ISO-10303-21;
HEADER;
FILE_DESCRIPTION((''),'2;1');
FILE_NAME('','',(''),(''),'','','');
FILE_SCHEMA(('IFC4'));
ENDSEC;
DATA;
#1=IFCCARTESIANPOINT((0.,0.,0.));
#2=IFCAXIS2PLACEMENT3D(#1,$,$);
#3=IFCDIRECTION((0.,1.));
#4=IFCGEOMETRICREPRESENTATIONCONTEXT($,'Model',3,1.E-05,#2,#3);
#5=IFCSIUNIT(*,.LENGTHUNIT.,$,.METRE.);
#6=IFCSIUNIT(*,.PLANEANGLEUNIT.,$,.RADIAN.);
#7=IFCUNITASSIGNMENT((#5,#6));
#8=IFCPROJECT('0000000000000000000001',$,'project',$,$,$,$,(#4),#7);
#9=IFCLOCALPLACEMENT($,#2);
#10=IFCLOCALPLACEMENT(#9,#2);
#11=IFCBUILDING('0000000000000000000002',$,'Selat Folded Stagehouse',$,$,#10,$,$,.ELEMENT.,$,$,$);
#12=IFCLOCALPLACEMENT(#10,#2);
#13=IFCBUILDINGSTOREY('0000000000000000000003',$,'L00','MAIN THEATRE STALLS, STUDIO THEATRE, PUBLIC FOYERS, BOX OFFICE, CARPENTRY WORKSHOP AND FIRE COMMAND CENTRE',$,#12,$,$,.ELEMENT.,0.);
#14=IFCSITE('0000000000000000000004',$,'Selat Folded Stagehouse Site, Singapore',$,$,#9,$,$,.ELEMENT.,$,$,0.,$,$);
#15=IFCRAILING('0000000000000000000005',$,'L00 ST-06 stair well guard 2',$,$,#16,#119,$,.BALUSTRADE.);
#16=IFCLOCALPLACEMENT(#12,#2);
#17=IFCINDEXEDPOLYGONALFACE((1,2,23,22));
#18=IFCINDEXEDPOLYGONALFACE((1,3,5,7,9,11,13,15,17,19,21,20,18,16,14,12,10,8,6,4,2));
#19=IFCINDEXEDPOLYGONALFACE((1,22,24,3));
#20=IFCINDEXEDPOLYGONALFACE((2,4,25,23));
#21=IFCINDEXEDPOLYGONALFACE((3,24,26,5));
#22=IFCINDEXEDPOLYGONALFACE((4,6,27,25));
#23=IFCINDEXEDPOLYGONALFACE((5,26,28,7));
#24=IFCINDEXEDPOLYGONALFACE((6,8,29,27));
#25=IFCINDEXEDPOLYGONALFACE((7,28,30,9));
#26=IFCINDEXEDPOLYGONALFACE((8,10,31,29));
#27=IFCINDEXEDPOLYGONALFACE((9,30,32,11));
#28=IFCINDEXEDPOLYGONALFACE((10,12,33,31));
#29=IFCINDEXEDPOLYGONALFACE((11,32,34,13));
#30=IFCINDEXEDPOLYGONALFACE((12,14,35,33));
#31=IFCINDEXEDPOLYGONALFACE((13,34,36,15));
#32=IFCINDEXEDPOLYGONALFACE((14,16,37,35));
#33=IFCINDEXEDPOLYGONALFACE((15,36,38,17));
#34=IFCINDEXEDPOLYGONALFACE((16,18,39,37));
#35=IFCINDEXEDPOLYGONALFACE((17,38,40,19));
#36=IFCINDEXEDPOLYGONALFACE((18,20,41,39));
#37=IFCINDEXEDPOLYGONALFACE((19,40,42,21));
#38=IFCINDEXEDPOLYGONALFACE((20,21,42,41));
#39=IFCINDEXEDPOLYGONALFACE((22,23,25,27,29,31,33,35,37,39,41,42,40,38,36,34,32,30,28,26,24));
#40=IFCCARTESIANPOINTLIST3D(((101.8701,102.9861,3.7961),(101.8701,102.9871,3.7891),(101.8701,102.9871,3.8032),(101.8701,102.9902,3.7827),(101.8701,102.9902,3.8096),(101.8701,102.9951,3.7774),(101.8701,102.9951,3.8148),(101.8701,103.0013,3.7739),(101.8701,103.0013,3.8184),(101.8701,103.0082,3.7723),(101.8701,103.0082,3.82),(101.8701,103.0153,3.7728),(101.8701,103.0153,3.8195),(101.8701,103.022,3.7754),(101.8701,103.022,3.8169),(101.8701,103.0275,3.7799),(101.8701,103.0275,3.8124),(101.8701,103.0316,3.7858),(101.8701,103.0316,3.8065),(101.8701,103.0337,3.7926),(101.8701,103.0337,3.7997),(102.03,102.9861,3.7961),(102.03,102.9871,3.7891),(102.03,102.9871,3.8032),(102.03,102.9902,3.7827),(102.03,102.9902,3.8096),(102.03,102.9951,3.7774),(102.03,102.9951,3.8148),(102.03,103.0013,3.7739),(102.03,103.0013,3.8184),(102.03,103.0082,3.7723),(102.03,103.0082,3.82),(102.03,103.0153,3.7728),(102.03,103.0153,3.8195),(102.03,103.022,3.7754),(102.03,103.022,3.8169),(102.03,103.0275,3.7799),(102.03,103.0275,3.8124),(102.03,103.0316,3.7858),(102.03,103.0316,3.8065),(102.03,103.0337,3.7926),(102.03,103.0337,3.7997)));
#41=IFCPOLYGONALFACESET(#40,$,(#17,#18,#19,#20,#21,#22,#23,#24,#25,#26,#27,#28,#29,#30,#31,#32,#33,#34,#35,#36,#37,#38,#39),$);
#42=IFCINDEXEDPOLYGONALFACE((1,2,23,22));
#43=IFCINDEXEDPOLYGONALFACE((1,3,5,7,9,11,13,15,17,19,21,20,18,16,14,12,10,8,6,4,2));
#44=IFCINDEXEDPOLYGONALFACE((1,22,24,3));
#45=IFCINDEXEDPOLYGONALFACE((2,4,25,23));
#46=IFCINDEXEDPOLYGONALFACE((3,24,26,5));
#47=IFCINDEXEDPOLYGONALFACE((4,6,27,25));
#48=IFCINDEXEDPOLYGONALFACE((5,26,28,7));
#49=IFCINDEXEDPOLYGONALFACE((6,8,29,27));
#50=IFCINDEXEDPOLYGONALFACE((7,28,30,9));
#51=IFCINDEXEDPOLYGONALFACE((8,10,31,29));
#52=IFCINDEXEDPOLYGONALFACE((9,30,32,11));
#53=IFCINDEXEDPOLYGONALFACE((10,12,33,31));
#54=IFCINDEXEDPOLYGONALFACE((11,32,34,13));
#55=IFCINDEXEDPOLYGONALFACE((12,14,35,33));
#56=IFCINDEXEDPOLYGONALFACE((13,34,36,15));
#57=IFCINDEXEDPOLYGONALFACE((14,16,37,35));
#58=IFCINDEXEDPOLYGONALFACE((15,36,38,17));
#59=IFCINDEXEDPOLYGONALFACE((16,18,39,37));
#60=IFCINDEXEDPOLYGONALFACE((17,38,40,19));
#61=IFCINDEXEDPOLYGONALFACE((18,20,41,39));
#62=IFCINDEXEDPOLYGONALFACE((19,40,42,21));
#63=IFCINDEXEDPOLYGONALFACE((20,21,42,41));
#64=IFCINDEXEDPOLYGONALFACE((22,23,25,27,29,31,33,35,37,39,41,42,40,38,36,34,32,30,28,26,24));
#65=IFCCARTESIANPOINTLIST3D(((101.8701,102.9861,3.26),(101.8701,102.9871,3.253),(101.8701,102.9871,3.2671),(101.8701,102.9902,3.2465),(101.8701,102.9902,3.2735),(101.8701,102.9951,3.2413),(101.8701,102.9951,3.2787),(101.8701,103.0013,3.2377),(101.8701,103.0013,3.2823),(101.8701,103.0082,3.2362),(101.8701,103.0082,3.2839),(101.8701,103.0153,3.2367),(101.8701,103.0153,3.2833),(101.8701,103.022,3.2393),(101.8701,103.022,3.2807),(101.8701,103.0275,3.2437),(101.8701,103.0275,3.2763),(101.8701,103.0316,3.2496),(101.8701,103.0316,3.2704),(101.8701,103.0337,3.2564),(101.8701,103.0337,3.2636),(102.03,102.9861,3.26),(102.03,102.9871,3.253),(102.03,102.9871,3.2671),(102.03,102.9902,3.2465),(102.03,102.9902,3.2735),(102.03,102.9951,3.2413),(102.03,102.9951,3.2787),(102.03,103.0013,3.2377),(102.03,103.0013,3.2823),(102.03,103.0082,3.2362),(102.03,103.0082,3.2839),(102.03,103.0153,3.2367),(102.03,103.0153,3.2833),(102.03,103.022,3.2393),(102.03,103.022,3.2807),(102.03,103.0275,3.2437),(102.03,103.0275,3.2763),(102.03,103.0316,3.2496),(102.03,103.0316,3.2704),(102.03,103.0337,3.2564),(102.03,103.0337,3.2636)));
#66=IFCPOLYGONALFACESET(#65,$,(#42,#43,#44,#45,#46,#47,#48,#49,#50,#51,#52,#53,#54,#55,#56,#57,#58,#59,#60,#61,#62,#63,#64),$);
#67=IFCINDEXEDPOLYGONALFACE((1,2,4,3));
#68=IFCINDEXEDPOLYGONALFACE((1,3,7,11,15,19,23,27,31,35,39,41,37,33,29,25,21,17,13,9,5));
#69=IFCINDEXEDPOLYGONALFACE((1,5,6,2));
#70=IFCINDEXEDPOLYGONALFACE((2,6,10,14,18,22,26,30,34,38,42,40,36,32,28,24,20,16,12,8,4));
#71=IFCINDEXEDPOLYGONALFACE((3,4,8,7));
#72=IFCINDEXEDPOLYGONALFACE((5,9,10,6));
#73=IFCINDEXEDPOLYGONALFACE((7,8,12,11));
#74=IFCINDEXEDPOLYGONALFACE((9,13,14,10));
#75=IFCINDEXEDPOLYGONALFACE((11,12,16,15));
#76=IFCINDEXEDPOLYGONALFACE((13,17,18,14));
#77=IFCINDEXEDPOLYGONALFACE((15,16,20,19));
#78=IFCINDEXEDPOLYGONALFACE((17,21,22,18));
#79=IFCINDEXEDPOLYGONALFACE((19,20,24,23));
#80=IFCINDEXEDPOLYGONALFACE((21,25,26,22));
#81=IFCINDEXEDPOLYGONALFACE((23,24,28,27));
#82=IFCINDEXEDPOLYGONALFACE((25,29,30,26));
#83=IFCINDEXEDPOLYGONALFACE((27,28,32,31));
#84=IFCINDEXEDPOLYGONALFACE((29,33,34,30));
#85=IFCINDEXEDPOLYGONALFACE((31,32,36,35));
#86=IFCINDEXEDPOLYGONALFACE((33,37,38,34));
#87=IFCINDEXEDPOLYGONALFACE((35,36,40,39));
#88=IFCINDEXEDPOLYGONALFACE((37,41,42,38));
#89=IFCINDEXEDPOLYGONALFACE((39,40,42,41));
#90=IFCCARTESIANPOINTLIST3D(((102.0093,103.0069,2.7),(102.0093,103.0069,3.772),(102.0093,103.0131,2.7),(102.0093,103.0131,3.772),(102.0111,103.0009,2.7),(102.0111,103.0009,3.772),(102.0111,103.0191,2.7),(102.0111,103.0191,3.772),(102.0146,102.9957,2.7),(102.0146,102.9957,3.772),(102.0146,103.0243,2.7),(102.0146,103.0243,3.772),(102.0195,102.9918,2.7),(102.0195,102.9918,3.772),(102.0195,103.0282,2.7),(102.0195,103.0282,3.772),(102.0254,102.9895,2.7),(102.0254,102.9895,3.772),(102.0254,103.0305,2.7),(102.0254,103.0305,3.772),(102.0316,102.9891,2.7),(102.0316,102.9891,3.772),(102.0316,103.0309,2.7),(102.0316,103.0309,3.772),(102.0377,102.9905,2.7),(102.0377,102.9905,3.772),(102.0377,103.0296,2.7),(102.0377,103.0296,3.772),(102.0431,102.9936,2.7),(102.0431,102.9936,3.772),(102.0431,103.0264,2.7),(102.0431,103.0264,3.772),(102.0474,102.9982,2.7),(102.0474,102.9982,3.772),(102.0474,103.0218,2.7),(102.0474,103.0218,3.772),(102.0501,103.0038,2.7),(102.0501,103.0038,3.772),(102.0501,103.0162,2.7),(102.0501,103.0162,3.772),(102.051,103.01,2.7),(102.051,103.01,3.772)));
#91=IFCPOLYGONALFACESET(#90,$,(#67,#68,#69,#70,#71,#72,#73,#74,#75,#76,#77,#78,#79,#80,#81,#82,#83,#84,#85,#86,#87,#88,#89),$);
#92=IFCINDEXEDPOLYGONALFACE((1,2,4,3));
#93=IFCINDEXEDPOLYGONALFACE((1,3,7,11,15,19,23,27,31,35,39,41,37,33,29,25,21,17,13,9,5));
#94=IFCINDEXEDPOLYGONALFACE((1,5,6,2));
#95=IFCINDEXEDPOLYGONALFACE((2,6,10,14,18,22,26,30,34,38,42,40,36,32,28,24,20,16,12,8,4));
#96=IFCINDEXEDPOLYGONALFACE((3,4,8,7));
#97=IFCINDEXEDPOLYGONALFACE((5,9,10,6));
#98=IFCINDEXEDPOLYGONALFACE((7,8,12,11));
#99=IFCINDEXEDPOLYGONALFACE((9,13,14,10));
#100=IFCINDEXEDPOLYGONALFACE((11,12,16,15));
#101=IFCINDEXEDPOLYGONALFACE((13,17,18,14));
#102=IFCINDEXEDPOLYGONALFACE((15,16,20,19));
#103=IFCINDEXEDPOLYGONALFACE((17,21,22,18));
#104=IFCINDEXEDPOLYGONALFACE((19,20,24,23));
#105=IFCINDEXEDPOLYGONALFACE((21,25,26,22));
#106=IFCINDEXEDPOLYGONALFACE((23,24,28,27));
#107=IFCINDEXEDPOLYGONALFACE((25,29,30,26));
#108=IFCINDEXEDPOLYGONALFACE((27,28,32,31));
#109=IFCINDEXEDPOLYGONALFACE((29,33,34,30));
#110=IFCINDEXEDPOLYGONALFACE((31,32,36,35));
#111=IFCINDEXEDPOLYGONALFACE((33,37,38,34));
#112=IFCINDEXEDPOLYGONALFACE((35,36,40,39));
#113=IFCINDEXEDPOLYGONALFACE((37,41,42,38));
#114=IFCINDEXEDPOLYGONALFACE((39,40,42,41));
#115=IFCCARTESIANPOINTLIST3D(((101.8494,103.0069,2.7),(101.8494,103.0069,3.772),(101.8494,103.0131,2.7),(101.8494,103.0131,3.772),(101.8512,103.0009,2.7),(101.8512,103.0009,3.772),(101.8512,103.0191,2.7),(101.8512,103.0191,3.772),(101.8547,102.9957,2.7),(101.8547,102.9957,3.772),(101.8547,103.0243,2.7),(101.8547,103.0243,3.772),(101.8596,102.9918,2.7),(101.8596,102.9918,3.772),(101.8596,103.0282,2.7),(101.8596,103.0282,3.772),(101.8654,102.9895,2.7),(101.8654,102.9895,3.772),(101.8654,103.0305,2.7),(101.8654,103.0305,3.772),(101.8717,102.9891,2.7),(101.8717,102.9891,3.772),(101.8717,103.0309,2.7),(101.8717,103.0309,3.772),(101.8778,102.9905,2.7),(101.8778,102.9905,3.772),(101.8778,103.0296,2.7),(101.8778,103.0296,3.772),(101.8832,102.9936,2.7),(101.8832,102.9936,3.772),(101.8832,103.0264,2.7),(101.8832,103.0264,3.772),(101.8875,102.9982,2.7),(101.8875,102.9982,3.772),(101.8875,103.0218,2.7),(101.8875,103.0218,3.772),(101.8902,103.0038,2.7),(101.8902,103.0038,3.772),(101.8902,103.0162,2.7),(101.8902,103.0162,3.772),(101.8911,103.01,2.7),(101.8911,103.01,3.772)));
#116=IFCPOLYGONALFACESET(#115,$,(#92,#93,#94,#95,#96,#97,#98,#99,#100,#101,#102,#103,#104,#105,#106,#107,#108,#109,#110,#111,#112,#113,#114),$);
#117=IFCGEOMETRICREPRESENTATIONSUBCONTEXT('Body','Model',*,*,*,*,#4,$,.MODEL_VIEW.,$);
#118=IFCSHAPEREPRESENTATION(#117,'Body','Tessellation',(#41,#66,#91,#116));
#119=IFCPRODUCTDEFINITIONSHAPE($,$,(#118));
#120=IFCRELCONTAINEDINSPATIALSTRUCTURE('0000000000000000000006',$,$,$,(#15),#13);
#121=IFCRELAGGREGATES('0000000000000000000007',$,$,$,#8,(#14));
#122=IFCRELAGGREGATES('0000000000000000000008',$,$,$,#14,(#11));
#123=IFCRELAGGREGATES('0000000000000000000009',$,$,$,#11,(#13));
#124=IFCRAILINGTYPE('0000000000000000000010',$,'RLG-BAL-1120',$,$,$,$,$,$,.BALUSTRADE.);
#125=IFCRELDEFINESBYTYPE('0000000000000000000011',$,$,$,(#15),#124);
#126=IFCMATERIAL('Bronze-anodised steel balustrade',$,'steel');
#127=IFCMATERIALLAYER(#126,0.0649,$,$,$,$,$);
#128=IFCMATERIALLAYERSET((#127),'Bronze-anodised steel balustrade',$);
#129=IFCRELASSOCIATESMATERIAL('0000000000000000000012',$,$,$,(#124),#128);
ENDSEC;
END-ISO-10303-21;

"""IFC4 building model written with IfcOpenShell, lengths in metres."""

from ifc_helpers import new_model, si_unit, direction, frame, origin, origin_2d, place, context, subcontext, project, spatial, circle, extrude, material, layer, layer_set, type_object, element, save


model = new_model("IFC4")

# Units and contexts
model_context = context("Model", 3, precision=1e-05, world=origin(), true_north=direction((0.0, 1.0)))
body_context = subcontext(model_context, "Body", "Model", "MODEL_VIEW")
ifc_project = project(units=[si_unit("LENGTHUNIT", "METRE"), si_unit("PLANEANGLEUNIT", "RADIAN")], contexts=[model_context])

# Site, building, storey
site_placement = place(None, origin())
site = spatial("IfcSite", under=ifc_project, at=site_placement, Name="Selat Folded Stagehouse Site, Singapore", CompositionType="ELEMENT", RefElevation=0.0)
building_placement = place(site_placement, origin())
building = spatial("IfcBuilding", under=site, at=building_placement, Name="Selat Folded Stagehouse", CompositionType="ELEMENT")
storey_placement = place(building_placement, origin())
storey = spatial("IfcBuildingStorey", under=building, at=storey_placement, Name="L00", Description="MAIN THEATRE STALLS, STUDIO THEATRE, PUBLIC FOYERS, BOX OFFICE, CARPENTRY WORKSHOP AND FIRE COMMAND CENTRE", CompositionType="ELEMENT", Elevation=0.0)

# Railing
ifc_material_1 = material(Name="Bronze-anodised steel balustrade", Category="steel")
ifc_layer_1 = layer(ifc_material_1, 0.0649)
ifc_layer_set_1 = layer_set([ifc_layer_1], Name="Bronze-anodised steel balustrade")
railing_type_1 = type_object("IfcRailingType", Name="RLG-BAL-1120", PredefinedType="BALUSTRADE", material=ifc_layer_set_1)
railing_1_placement = place(storey_placement, frame((102.03, 103.01, 2.7)))
element("IfcRailing", 1, at=railing_1_placement, inside=storey, type_object=railing_type_1, Name="L00 ST-06 stair well guard 2", PredefinedType="BALUSTRADE", context=body_context, shape_type="SweptSolid", body=[
    extrude(circle(Radius=0.0239, at=origin_2d()), frame((0.0, 0.0, 1.0962), z_axis=(-1.0, 0.0, 0.0), x_axis=(0.0, -1.0, 0.0)), (0.0, 0.0, 1.0), 0.1599),
    extrude(circle(Radius=0.0239, at=origin_2d()), frame((0.0, 0.0, 0.5601), z_axis=(-1.0, 0.0, 0.0), x_axis=(0.0, -1.0, 0.0)), (0.0, 0.0, 1.0), 0.1599),
    extrude(circle(Radius=0.021, at=origin_2d()), origin(), (0.0, 0.0, 1.0), 1.072),
    extrude(circle(Radius=0.021, at=origin_2d()), frame((-0.1599, 0.0, 0.0)), (0.0, 0.0, 1.0), 1.072),
])

save(model, "model.ifc")
